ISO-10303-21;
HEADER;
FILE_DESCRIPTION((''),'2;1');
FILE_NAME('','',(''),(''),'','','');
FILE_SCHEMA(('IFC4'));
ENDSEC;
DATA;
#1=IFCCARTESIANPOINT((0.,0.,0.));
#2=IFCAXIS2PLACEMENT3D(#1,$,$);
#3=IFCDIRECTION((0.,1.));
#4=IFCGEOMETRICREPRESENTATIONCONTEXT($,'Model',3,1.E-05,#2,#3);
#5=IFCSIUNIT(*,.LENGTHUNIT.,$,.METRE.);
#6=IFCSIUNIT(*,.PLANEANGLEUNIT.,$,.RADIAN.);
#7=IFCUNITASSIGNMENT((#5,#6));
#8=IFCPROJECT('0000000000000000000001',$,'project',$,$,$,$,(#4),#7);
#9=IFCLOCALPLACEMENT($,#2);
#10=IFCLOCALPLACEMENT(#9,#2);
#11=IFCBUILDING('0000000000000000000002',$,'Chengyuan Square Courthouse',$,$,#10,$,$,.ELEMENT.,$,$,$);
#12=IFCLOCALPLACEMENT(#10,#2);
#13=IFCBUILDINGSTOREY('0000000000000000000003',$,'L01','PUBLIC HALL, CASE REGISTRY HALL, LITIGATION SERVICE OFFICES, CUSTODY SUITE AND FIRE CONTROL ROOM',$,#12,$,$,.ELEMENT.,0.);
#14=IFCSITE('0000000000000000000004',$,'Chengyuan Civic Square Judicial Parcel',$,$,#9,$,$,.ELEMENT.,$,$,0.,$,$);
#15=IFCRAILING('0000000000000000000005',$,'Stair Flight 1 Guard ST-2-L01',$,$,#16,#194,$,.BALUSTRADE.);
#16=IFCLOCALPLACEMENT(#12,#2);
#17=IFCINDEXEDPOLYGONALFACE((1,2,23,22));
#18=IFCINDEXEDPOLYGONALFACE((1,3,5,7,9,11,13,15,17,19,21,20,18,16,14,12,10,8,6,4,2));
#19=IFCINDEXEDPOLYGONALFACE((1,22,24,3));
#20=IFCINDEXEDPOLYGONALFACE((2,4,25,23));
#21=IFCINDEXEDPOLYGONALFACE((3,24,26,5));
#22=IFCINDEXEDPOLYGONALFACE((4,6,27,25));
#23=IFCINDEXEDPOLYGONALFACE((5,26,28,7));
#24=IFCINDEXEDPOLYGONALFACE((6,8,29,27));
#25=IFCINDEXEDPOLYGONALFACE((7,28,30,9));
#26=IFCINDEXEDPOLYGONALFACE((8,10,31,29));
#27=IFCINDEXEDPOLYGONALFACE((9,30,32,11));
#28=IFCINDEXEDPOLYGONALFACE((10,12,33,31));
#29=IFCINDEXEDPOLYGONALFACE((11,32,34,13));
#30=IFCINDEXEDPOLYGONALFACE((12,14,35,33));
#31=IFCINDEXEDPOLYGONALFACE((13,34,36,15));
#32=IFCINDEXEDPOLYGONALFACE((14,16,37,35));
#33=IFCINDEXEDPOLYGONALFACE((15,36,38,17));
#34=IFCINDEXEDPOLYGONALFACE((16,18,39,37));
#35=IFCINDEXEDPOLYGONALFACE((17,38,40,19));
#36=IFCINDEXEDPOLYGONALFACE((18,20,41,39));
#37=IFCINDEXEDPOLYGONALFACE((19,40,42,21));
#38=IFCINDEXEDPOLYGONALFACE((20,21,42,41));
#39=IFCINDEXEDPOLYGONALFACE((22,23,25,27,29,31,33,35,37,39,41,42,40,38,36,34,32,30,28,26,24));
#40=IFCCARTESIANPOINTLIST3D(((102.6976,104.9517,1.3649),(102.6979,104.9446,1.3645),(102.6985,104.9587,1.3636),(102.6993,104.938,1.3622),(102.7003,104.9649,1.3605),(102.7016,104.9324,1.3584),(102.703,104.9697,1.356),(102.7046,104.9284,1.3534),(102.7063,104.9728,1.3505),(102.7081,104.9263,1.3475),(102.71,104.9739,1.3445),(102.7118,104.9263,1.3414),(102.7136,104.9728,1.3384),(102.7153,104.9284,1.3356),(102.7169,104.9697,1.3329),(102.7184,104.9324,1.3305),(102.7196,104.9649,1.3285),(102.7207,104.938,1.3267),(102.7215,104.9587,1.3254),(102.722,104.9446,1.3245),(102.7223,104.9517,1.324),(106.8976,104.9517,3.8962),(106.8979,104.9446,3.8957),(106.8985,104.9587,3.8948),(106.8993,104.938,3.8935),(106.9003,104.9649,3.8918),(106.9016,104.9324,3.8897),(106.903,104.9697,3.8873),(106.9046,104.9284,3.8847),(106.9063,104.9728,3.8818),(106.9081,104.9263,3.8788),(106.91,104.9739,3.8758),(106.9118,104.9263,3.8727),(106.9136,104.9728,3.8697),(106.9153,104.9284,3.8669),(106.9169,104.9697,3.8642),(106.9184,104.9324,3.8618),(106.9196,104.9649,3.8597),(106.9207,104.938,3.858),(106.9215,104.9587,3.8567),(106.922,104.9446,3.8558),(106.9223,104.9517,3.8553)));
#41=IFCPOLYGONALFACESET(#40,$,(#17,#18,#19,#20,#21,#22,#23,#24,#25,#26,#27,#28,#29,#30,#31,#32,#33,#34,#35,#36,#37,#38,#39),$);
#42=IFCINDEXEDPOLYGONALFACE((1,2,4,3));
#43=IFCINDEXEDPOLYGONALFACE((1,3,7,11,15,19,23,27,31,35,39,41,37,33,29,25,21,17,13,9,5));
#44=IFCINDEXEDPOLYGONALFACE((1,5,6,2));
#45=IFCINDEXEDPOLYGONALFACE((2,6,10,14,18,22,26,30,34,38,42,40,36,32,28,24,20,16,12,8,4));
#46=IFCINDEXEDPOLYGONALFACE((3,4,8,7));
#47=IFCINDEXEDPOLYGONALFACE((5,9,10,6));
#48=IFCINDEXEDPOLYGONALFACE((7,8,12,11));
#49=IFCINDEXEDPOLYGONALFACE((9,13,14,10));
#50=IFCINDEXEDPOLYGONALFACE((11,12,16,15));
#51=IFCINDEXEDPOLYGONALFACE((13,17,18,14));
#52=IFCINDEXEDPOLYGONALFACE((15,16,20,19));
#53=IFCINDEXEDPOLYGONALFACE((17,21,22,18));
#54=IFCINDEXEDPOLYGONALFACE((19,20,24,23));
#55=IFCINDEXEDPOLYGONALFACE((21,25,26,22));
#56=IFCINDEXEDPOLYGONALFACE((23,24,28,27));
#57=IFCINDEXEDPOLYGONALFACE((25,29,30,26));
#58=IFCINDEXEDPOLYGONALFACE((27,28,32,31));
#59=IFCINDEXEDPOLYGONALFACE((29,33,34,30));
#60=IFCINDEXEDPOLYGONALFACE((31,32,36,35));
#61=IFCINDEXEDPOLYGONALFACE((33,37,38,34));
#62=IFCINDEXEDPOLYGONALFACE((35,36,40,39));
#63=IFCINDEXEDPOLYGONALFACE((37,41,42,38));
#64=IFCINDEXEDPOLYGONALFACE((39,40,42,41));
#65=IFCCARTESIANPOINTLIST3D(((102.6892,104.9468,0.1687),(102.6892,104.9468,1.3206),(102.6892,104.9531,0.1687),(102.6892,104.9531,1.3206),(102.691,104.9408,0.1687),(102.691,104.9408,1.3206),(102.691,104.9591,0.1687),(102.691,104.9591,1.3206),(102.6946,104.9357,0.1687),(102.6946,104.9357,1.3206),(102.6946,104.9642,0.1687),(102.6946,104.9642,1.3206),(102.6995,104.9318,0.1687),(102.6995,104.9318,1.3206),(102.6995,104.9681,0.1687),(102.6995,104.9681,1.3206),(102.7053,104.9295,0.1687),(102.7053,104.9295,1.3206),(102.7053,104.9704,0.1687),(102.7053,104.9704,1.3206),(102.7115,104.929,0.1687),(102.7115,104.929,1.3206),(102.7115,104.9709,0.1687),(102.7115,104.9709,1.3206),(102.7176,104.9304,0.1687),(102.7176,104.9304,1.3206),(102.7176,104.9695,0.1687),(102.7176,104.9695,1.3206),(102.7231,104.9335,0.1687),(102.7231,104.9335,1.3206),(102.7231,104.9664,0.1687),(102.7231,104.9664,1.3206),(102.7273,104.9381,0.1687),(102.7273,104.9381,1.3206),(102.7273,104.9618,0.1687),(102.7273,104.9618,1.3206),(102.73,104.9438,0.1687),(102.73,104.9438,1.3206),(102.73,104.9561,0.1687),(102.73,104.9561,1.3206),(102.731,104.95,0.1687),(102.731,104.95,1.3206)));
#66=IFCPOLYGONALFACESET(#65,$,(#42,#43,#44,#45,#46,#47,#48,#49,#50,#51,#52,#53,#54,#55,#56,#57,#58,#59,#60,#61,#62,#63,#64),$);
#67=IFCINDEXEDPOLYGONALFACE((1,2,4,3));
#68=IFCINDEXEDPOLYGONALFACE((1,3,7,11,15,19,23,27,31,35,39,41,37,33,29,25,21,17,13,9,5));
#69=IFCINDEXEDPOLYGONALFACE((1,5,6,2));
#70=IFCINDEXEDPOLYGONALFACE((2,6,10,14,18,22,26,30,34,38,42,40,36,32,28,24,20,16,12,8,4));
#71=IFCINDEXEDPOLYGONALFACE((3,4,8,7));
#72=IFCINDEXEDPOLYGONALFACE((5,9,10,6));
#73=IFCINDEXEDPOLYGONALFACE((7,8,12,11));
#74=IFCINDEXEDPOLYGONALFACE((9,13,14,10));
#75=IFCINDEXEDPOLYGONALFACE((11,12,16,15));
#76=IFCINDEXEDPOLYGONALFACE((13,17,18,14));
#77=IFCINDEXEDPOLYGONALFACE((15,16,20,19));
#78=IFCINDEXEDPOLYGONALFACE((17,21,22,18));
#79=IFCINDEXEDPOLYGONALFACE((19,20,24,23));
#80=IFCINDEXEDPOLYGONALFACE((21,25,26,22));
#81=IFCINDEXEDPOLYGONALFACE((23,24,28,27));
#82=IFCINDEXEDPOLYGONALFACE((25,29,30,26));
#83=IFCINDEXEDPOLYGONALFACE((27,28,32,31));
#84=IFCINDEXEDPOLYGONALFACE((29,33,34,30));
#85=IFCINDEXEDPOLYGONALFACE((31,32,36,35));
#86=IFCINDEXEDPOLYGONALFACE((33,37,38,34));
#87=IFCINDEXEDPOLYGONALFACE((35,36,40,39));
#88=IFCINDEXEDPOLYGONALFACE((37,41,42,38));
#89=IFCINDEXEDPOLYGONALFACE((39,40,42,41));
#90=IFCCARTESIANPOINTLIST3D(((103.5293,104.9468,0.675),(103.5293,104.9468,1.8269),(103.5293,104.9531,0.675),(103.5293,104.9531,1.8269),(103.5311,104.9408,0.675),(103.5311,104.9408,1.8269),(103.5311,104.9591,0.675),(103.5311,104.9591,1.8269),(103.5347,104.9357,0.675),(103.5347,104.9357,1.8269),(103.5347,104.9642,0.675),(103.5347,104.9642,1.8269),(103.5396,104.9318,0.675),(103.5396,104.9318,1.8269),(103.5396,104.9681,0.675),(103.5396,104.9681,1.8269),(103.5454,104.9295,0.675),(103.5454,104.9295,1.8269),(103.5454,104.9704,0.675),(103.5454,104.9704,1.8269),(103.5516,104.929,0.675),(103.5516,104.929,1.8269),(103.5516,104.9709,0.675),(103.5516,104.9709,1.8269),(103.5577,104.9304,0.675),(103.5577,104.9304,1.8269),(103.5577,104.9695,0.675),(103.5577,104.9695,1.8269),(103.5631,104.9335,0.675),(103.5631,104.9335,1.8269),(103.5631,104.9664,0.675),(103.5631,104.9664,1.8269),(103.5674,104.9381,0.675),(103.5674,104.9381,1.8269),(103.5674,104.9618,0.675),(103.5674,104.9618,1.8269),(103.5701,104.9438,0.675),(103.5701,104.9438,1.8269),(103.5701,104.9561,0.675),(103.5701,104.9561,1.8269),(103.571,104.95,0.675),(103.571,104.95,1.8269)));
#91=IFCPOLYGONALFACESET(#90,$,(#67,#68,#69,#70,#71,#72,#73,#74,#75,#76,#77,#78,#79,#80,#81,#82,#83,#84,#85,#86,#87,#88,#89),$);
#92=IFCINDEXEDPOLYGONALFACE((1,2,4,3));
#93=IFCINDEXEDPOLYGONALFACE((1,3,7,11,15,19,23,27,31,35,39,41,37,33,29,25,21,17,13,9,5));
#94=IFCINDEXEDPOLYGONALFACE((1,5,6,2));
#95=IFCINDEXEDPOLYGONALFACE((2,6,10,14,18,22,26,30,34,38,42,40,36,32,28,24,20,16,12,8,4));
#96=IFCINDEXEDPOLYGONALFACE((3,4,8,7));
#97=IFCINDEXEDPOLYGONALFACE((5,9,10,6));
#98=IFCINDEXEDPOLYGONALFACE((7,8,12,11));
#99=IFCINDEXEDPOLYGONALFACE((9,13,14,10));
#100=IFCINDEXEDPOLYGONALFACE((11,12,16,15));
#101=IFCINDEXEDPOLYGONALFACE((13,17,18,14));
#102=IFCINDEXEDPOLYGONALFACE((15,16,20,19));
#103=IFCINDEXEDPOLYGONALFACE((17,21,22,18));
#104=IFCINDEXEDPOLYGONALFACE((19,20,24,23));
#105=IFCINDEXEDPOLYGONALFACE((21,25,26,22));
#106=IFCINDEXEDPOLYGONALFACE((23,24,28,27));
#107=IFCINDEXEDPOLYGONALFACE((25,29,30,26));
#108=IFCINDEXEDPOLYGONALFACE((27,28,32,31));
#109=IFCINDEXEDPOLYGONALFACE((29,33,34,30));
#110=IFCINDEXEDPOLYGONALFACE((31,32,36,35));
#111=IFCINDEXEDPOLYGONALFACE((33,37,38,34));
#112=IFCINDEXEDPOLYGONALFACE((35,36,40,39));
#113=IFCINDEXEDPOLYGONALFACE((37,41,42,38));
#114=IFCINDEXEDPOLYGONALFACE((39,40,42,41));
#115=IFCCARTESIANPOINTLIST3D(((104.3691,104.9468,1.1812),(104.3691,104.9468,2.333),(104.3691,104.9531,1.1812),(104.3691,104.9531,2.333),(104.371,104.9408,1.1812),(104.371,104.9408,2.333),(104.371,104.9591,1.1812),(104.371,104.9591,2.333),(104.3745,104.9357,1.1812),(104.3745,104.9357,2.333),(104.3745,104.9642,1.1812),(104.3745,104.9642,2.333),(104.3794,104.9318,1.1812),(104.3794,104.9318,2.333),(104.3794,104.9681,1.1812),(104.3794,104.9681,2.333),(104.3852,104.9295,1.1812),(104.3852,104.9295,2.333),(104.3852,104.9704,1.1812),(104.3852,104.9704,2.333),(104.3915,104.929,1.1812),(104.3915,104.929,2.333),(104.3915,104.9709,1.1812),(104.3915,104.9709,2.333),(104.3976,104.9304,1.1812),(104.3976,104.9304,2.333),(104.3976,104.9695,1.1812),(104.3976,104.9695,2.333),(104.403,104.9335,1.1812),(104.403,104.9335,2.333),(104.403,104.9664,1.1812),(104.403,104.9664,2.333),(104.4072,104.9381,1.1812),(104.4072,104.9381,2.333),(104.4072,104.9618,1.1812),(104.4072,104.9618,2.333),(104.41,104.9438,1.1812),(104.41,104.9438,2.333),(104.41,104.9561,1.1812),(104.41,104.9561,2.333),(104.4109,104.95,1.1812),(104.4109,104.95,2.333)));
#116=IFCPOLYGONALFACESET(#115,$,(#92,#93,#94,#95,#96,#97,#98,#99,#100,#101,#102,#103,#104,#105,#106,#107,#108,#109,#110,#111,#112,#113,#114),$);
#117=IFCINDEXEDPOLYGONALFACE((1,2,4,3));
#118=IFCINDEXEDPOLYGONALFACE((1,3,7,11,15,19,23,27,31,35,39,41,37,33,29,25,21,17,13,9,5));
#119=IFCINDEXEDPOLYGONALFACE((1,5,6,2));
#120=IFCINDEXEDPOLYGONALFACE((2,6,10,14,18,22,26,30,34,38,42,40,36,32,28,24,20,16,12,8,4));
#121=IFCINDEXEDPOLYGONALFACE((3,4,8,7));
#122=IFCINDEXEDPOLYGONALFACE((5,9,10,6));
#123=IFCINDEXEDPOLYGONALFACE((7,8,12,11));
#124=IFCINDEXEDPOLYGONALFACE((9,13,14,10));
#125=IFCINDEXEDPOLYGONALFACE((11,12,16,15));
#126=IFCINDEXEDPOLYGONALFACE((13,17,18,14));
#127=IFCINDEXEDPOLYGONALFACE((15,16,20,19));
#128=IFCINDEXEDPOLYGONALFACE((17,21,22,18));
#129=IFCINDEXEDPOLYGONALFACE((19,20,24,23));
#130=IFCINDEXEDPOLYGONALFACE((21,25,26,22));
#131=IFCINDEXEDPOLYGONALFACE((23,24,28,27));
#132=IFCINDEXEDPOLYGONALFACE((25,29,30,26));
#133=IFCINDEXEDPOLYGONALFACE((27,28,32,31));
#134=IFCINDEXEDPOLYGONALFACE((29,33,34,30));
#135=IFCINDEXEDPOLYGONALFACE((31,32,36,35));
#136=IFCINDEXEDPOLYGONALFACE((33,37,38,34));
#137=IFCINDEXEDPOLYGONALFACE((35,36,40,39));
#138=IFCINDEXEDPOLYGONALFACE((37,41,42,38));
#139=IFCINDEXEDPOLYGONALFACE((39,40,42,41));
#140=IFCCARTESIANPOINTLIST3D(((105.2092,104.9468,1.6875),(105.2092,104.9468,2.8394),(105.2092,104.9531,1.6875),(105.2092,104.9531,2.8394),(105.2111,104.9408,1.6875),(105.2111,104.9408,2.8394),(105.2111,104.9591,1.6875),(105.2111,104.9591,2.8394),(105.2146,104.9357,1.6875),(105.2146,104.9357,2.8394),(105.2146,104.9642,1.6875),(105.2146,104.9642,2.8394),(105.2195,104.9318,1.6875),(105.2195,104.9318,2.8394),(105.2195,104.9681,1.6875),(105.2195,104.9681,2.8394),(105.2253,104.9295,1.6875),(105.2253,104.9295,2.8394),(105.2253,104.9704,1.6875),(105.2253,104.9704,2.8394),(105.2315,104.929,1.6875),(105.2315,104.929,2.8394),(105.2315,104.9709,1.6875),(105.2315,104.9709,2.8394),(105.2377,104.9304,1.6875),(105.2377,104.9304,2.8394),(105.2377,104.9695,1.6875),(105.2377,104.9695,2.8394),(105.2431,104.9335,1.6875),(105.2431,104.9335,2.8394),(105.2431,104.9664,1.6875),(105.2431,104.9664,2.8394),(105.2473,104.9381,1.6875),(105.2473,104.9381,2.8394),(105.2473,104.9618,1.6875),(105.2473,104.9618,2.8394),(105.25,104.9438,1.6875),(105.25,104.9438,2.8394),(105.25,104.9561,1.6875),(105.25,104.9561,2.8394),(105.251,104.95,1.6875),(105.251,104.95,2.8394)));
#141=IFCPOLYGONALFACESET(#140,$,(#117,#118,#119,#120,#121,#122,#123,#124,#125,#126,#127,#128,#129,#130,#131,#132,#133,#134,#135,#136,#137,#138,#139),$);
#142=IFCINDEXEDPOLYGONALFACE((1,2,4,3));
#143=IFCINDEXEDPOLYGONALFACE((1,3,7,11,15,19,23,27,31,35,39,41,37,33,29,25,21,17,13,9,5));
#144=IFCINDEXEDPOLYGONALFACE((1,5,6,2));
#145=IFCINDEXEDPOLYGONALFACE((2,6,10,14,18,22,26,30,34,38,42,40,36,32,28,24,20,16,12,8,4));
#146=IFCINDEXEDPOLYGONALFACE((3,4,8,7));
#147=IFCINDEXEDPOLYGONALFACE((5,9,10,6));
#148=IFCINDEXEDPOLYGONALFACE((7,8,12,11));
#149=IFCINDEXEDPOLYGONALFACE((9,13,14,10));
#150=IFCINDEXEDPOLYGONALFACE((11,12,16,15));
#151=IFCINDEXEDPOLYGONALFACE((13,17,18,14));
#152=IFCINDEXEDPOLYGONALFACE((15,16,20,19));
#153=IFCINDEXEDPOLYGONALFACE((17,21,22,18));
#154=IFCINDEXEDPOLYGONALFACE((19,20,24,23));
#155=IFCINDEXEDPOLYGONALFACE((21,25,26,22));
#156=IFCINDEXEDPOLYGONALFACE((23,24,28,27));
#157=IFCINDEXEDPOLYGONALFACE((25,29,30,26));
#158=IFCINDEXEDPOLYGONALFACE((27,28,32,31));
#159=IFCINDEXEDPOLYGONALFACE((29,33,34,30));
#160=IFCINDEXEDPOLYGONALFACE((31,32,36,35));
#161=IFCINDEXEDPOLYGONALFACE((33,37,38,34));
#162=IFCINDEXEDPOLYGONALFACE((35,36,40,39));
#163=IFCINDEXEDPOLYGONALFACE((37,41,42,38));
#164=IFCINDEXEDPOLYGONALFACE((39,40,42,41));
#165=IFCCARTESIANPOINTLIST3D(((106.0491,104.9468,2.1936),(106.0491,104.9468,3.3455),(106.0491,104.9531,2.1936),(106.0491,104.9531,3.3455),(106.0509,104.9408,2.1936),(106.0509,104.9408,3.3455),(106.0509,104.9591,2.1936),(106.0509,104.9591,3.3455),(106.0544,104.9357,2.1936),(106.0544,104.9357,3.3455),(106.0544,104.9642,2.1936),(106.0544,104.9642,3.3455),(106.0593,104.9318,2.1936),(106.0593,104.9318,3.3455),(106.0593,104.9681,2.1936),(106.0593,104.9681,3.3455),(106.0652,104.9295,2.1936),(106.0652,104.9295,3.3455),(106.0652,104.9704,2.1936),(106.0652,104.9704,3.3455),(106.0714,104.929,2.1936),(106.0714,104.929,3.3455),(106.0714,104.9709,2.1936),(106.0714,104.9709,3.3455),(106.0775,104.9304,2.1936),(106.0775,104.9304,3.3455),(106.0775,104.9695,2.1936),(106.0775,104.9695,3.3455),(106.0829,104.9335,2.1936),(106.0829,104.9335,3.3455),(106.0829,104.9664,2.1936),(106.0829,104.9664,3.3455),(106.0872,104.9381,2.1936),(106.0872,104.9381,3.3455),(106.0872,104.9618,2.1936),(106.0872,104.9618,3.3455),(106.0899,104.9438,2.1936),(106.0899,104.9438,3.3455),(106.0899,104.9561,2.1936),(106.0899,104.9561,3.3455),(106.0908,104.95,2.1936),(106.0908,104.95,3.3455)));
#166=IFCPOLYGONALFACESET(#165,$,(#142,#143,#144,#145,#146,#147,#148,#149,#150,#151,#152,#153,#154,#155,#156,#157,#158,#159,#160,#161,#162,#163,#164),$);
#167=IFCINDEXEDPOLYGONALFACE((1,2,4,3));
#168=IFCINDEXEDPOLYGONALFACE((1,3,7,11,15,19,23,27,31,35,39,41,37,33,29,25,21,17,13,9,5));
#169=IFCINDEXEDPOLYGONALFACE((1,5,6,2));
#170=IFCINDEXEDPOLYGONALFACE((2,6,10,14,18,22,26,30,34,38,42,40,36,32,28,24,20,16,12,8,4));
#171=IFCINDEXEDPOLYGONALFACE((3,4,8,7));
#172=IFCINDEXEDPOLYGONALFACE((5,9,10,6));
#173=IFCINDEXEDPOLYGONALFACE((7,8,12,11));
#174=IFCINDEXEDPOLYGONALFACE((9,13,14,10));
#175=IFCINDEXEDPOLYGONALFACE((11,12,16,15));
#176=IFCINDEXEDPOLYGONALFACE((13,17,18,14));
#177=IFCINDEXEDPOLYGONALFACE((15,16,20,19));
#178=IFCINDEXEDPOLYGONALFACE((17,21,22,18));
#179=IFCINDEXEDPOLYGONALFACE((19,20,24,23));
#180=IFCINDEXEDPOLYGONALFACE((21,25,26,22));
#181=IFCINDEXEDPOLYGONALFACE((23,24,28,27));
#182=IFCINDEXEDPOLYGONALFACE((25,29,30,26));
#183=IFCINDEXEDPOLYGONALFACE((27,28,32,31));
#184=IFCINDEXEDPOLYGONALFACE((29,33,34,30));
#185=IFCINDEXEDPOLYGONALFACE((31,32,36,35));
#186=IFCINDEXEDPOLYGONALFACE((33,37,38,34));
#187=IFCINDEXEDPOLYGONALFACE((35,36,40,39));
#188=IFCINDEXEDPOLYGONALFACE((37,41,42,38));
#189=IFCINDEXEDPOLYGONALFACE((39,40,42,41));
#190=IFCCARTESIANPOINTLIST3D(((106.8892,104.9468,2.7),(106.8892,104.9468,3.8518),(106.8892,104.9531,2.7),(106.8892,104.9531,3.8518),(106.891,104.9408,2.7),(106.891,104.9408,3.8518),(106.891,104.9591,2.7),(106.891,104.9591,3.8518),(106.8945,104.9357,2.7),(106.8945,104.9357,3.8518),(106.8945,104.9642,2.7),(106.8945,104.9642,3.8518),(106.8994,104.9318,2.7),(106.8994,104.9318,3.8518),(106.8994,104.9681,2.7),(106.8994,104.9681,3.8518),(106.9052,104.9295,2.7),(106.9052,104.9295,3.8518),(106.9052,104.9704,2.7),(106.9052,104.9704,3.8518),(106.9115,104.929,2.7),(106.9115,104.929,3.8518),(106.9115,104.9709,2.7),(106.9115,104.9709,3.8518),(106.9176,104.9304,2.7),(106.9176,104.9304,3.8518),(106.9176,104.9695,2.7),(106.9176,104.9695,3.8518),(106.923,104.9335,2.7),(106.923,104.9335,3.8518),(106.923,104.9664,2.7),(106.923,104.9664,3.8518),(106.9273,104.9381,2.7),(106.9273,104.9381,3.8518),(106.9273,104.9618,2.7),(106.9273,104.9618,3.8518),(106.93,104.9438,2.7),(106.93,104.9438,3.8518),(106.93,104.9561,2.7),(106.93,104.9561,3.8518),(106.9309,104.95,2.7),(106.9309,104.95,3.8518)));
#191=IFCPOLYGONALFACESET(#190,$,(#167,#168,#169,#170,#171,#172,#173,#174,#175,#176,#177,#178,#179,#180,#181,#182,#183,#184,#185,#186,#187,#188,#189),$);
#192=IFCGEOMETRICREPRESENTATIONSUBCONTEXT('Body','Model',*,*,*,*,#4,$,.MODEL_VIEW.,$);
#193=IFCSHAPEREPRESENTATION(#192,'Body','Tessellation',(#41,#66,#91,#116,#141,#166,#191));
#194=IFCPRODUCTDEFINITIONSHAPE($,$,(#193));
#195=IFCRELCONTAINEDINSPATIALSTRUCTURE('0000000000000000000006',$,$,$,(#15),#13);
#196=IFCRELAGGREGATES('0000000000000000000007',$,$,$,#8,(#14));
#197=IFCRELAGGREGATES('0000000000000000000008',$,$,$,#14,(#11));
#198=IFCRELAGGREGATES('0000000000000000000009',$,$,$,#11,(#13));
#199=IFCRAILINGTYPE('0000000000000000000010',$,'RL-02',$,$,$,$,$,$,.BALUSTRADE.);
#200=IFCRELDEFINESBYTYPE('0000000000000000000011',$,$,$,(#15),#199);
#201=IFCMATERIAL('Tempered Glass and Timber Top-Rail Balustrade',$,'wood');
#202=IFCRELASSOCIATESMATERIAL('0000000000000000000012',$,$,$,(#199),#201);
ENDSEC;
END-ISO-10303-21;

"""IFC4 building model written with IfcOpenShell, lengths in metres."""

from ifc_helpers import new_model, si_unit, direction, frame, origin, origin_2d, place, context, subcontext, project, spatial, circle, extrude, material, type_object, element, save


model = new_model("IFC4")

# Units and contexts
model_context = context("Model", 3, precision=1e-05, world=origin(), true_north=direction((0.0, 1.0)))
body_context = subcontext(model_context, "Body", "Model", "MODEL_VIEW")
ifc_project = project(units=[si_unit("LENGTHUNIT", "METRE"), si_unit("PLANEANGLEUNIT", "RADIAN")], contexts=[model_context])

# Site, building, storey
site_placement = place(None, origin())
site = spatial("IfcSite", under=ifc_project, at=site_placement, Name="Chengyuan Civic Square Judicial Parcel", CompositionType="ELEMENT", RefElevation=0.0)
building_placement = place(site_placement, origin())
building = spatial("IfcBuilding", under=site, at=building_placement, Name="Chengyuan Square Courthouse", CompositionType="ELEMENT")
storey_placement = place(building_placement, origin())
storey = spatial("IfcBuildingStorey", under=building, at=storey_placement, Name="L01", Description="PUBLIC HALL, CASE REGISTRY HALL, LITIGATION SERVICE OFFICES, CUSTODY SUITE AND FIRE CONTROL ROOM", CompositionType="ELEMENT", Elevation=0.0)

# Railing
ifc_material_1 = material(Name="Tempered Glass and Timber Top-Rail Balustrade", Category="wood")
railing_type_1 = type_object("IfcRailingType", Name="RL-02", PredefinedType="BALUSTRADE", material=ifc_material_1)
railing_1_placement = place(storey_placement, frame((102.71, 104.95, 0.1687)))
element("IfcRailing", 1, at=railing_1_placement, inside=storey, type_object=railing_type_1, Name="Stair Flight 1 Guard ST-2-L01", PredefinedType="BALUSTRADE", context=body_context, shape_type="SweptSolid", body=[
    extrude(circle(Radius=0.0239, at=origin_2d()), frame((0.0, 0.0, 1.1758), z_axis=(0.856476, 0.0, 0.516186), x_axis=(0.0, 1.0, 0.0)), (0.0, 0.0, 1.0), 4.9038),
    extrude(circle(Radius=0.021, at=origin_2d()), origin(), (0.0, 0.0, 1.0), 1.1519),
    extrude(circle(Radius=0.021, at=origin_2d()), frame((0.8401, 0.0, 0.5063)), (0.0, 0.0, 1.0), 1.1519),
    extrude(circle(Radius=0.021, at=origin_2d()), frame((1.6799, 0.0, 1.0125)), (0.0, 0.0, 1.0), 1.1519),
    extrude(circle(Radius=0.021, at=origin_2d()), frame((2.52, 0.0, 1.5188)), (0.0, 0.0, 1.0), 1.1519),
    extrude(circle(Radius=0.021, at=origin_2d()), frame((3.3599, 0.0, 2.0249)), (0.0, 0.0, 1.0), 1.1519),
    extrude(circle(Radius=0.021, at=origin_2d()), frame((4.2, 0.0, 2.5312)), (0.0, 0.0, 1.0), 1.1519),
])

save(model, "model.ifc")
